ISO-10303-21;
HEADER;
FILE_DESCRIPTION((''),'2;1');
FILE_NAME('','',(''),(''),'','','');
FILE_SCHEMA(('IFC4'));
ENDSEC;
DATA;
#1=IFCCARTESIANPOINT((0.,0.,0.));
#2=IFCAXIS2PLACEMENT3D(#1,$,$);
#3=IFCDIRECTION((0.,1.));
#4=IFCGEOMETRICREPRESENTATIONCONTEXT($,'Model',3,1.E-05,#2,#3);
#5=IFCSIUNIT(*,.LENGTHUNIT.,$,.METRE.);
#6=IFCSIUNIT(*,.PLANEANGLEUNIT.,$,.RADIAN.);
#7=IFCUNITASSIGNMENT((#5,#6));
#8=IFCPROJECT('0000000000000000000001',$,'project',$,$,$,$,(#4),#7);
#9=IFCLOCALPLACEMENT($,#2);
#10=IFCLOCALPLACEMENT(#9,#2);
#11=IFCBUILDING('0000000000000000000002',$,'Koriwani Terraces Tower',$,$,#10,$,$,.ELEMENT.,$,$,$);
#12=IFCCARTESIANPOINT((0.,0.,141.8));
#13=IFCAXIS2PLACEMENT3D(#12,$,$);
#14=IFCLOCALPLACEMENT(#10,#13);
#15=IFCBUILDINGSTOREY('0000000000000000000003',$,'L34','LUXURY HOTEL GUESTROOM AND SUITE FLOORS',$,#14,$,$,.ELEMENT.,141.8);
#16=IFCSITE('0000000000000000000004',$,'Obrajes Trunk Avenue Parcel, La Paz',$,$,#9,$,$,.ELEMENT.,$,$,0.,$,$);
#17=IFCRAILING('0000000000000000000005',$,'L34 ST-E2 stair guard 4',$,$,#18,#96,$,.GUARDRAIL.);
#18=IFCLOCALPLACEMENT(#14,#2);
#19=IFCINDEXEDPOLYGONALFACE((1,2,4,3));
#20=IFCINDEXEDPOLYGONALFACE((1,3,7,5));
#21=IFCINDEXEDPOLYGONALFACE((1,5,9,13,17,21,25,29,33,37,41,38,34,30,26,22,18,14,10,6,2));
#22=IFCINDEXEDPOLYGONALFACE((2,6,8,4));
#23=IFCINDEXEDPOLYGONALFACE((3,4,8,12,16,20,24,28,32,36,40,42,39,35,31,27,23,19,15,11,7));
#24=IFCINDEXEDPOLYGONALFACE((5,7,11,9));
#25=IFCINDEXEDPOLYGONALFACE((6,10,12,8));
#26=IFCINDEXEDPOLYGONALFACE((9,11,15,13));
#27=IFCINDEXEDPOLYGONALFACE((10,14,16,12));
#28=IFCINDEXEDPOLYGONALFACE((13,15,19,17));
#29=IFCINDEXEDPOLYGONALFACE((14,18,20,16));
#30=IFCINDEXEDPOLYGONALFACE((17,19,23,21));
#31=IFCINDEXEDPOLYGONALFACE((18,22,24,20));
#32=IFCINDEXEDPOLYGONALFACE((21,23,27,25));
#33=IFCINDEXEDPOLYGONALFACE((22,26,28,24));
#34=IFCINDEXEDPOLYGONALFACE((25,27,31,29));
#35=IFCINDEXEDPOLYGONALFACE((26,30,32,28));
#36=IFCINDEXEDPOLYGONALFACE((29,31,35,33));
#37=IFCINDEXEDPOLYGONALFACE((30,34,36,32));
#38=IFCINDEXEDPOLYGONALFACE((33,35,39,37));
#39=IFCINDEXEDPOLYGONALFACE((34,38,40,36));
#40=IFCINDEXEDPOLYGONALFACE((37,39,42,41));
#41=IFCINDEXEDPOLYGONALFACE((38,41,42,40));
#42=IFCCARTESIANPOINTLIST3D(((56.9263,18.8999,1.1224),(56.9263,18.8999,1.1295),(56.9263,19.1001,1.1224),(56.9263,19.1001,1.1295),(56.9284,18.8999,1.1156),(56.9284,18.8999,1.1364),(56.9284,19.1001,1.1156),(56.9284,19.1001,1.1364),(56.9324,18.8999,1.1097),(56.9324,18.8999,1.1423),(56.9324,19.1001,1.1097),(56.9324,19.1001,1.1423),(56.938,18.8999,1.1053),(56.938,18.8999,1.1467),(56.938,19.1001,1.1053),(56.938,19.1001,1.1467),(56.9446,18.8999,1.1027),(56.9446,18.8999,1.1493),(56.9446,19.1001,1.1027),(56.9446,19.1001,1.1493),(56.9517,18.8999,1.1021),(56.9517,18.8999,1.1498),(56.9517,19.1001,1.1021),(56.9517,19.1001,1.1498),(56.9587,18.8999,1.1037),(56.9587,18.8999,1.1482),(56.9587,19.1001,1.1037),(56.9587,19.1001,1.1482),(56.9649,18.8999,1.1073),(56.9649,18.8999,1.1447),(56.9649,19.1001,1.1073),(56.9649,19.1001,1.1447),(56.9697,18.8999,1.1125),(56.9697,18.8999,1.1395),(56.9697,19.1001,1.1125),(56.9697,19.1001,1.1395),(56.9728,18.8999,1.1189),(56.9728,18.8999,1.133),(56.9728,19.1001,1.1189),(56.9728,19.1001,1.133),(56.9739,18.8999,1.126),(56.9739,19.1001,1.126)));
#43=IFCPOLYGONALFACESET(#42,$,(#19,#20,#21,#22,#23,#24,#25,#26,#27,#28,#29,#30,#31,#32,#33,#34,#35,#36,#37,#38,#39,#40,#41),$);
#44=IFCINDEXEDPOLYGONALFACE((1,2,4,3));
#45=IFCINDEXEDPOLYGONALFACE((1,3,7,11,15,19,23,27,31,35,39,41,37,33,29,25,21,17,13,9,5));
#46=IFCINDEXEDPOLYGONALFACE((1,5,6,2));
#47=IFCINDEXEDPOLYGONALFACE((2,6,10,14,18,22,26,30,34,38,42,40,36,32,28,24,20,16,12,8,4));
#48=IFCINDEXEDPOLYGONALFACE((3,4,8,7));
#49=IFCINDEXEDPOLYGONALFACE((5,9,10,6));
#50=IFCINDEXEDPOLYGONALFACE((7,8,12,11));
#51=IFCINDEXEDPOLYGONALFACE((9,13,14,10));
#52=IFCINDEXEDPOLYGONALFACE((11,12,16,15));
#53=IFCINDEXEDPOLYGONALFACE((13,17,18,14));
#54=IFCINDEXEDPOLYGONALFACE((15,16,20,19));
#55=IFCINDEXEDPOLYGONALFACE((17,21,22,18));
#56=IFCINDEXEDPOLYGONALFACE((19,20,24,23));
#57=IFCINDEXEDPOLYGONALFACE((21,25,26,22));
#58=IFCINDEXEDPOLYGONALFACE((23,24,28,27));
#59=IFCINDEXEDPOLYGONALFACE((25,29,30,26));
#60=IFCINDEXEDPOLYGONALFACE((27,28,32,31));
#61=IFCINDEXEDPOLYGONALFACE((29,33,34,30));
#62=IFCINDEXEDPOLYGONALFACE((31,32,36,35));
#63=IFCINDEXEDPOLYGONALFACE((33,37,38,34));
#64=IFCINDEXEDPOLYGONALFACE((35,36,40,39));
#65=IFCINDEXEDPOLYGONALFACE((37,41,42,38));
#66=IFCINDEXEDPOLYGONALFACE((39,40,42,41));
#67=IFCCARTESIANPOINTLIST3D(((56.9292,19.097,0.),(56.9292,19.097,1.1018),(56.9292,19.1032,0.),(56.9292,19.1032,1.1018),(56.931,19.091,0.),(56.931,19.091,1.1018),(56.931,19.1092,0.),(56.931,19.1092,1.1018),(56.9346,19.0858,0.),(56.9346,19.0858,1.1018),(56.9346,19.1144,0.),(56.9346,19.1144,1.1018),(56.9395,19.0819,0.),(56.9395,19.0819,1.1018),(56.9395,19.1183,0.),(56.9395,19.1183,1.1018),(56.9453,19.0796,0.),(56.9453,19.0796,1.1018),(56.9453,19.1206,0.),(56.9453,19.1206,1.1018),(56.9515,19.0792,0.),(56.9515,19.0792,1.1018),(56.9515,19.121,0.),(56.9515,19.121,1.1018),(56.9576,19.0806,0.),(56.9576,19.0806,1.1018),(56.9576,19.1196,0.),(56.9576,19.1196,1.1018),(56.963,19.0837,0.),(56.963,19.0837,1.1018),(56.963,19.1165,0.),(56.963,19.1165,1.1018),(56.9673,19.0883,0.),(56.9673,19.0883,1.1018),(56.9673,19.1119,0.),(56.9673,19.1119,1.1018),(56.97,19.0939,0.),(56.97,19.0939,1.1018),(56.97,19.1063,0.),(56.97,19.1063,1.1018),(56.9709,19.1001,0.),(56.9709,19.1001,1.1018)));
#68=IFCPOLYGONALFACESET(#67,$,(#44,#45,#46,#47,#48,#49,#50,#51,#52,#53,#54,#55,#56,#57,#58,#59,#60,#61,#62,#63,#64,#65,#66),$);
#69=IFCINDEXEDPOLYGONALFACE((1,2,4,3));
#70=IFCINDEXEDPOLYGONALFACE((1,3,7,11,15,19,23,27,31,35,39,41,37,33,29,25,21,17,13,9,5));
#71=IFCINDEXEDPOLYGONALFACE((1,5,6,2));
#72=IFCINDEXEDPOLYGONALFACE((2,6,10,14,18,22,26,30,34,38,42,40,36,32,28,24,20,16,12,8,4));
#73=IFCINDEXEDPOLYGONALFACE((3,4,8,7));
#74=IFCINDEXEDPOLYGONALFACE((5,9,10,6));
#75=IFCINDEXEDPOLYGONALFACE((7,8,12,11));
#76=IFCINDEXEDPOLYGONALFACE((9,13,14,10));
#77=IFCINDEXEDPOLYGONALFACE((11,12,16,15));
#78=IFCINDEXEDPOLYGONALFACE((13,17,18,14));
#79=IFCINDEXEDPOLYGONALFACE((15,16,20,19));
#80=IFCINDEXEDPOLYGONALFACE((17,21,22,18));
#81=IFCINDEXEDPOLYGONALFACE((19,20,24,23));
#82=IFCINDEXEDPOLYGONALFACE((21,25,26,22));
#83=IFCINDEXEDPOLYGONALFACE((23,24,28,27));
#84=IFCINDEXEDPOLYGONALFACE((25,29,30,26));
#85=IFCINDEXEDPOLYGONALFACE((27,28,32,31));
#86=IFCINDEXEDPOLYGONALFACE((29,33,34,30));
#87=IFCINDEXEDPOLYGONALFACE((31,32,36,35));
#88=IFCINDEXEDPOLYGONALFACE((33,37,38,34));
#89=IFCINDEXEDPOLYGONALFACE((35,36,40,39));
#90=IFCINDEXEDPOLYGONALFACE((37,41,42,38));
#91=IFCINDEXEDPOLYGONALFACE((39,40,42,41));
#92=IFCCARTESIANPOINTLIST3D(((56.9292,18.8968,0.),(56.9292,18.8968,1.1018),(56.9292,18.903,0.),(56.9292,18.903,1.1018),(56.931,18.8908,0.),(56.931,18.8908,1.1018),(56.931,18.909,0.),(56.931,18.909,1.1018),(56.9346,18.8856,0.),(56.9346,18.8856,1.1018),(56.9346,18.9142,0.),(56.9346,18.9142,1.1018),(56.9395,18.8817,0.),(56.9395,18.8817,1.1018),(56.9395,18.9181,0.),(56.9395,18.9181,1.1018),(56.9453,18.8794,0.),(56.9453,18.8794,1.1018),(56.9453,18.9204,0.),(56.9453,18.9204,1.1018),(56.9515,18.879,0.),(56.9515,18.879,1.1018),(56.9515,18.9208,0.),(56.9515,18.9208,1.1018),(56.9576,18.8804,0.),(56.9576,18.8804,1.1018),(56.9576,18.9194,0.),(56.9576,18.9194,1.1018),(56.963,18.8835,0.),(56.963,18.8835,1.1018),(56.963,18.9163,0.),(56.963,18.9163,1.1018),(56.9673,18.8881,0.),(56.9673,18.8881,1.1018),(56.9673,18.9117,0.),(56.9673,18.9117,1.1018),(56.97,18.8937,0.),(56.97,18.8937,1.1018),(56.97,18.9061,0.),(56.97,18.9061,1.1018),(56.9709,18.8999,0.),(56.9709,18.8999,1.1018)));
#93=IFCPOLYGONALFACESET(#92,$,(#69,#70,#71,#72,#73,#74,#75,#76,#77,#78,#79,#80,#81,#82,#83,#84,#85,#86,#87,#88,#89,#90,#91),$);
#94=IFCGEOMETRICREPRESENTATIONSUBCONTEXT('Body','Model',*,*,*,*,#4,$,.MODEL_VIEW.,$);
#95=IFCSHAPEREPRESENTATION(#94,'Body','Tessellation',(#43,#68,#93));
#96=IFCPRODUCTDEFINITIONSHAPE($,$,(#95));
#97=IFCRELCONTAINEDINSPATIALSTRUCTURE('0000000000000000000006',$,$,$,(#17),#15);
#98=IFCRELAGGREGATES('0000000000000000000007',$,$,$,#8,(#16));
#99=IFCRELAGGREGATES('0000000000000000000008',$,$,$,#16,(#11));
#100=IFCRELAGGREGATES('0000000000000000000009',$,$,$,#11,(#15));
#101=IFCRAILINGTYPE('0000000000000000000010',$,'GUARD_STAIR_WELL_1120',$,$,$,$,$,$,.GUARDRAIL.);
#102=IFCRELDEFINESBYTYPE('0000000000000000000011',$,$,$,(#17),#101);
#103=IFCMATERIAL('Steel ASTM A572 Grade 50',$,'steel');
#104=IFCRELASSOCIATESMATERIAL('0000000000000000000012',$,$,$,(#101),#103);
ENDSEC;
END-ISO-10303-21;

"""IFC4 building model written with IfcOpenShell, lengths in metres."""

from ifc_helpers import new_model, si_unit, direction, frame, origin, origin_2d, place, context, subcontext, project, spatial, circle, extrude, material, type_object, element, save


model = new_model("IFC4")

# Units and contexts
model_context = context("Model", 3, precision=1e-05, world=origin(), true_north=direction((0.0, 1.0)))
body_context = subcontext(model_context, "Body", "Model", "MODEL_VIEW")
ifc_project = project(units=[si_unit("LENGTHUNIT", "METRE"), si_unit("PLANEANGLEUNIT", "RADIAN")], contexts=[model_context])

# Site, building, storey
site_placement = place(None, origin())
site = spatial("IfcSite", under=ifc_project, at=site_placement, Name="Obrajes Trunk Avenue Parcel, La Paz", CompositionType="ELEMENT", RefElevation=0.0)
building_placement = place(site_placement, origin())
building = spatial("IfcBuilding", under=site, at=building_placement, Name="Koriwani Terraces Tower", CompositionType="ELEMENT")
storey_placement = place(building_placement, frame((0.0, 0.0, 141.8)))
storey = spatial("IfcBuildingStorey", under=building, at=storey_placement, Name="L34", Description="LUXURY HOTEL GUESTROOM AND SUITE FLOORS", CompositionType="ELEMENT", Elevation=141.8)

# Shared definitions
ifc_material_1 = material(Name="Steel ASTM A572 Grade 50", Category="steel")

# Railing
railing_type_1 = type_object("IfcRailingType", Name="GUARD_STAIR_WELL_1120", PredefinedType="GUARDRAIL", material=ifc_material_1)
railing_1_placement = place(storey_placement, frame((56.95, 19.1001, 0.0)))
element("IfcRailing", 1, at=railing_1_placement, inside=storey, type_object=railing_type_1, Name="L34 ST-E2 stair guard 4", PredefinedType="GUARDRAIL", context=body_context, shape_type="SweptSolid", body=[
    extrude(circle(Radius=0.0239, at=origin_2d()), frame((0.0, 0.0, 1.126), z_axis=(0.0, -1.0, 0.0), x_axis=(1.0, 0.0, 0.0)), (0.0, 0.0, 1.0), 0.2002),
    extrude(circle(Radius=0.021, at=origin_2d()), origin(), (0.0, 0.0, 1.0), 1.1018),
    extrude(circle(Radius=0.021, at=origin_2d()), frame((0.0, -0.2002, 0.0)), (0.0, 0.0, 1.0), 1.1018),
])

save(model, "model.ifc")
